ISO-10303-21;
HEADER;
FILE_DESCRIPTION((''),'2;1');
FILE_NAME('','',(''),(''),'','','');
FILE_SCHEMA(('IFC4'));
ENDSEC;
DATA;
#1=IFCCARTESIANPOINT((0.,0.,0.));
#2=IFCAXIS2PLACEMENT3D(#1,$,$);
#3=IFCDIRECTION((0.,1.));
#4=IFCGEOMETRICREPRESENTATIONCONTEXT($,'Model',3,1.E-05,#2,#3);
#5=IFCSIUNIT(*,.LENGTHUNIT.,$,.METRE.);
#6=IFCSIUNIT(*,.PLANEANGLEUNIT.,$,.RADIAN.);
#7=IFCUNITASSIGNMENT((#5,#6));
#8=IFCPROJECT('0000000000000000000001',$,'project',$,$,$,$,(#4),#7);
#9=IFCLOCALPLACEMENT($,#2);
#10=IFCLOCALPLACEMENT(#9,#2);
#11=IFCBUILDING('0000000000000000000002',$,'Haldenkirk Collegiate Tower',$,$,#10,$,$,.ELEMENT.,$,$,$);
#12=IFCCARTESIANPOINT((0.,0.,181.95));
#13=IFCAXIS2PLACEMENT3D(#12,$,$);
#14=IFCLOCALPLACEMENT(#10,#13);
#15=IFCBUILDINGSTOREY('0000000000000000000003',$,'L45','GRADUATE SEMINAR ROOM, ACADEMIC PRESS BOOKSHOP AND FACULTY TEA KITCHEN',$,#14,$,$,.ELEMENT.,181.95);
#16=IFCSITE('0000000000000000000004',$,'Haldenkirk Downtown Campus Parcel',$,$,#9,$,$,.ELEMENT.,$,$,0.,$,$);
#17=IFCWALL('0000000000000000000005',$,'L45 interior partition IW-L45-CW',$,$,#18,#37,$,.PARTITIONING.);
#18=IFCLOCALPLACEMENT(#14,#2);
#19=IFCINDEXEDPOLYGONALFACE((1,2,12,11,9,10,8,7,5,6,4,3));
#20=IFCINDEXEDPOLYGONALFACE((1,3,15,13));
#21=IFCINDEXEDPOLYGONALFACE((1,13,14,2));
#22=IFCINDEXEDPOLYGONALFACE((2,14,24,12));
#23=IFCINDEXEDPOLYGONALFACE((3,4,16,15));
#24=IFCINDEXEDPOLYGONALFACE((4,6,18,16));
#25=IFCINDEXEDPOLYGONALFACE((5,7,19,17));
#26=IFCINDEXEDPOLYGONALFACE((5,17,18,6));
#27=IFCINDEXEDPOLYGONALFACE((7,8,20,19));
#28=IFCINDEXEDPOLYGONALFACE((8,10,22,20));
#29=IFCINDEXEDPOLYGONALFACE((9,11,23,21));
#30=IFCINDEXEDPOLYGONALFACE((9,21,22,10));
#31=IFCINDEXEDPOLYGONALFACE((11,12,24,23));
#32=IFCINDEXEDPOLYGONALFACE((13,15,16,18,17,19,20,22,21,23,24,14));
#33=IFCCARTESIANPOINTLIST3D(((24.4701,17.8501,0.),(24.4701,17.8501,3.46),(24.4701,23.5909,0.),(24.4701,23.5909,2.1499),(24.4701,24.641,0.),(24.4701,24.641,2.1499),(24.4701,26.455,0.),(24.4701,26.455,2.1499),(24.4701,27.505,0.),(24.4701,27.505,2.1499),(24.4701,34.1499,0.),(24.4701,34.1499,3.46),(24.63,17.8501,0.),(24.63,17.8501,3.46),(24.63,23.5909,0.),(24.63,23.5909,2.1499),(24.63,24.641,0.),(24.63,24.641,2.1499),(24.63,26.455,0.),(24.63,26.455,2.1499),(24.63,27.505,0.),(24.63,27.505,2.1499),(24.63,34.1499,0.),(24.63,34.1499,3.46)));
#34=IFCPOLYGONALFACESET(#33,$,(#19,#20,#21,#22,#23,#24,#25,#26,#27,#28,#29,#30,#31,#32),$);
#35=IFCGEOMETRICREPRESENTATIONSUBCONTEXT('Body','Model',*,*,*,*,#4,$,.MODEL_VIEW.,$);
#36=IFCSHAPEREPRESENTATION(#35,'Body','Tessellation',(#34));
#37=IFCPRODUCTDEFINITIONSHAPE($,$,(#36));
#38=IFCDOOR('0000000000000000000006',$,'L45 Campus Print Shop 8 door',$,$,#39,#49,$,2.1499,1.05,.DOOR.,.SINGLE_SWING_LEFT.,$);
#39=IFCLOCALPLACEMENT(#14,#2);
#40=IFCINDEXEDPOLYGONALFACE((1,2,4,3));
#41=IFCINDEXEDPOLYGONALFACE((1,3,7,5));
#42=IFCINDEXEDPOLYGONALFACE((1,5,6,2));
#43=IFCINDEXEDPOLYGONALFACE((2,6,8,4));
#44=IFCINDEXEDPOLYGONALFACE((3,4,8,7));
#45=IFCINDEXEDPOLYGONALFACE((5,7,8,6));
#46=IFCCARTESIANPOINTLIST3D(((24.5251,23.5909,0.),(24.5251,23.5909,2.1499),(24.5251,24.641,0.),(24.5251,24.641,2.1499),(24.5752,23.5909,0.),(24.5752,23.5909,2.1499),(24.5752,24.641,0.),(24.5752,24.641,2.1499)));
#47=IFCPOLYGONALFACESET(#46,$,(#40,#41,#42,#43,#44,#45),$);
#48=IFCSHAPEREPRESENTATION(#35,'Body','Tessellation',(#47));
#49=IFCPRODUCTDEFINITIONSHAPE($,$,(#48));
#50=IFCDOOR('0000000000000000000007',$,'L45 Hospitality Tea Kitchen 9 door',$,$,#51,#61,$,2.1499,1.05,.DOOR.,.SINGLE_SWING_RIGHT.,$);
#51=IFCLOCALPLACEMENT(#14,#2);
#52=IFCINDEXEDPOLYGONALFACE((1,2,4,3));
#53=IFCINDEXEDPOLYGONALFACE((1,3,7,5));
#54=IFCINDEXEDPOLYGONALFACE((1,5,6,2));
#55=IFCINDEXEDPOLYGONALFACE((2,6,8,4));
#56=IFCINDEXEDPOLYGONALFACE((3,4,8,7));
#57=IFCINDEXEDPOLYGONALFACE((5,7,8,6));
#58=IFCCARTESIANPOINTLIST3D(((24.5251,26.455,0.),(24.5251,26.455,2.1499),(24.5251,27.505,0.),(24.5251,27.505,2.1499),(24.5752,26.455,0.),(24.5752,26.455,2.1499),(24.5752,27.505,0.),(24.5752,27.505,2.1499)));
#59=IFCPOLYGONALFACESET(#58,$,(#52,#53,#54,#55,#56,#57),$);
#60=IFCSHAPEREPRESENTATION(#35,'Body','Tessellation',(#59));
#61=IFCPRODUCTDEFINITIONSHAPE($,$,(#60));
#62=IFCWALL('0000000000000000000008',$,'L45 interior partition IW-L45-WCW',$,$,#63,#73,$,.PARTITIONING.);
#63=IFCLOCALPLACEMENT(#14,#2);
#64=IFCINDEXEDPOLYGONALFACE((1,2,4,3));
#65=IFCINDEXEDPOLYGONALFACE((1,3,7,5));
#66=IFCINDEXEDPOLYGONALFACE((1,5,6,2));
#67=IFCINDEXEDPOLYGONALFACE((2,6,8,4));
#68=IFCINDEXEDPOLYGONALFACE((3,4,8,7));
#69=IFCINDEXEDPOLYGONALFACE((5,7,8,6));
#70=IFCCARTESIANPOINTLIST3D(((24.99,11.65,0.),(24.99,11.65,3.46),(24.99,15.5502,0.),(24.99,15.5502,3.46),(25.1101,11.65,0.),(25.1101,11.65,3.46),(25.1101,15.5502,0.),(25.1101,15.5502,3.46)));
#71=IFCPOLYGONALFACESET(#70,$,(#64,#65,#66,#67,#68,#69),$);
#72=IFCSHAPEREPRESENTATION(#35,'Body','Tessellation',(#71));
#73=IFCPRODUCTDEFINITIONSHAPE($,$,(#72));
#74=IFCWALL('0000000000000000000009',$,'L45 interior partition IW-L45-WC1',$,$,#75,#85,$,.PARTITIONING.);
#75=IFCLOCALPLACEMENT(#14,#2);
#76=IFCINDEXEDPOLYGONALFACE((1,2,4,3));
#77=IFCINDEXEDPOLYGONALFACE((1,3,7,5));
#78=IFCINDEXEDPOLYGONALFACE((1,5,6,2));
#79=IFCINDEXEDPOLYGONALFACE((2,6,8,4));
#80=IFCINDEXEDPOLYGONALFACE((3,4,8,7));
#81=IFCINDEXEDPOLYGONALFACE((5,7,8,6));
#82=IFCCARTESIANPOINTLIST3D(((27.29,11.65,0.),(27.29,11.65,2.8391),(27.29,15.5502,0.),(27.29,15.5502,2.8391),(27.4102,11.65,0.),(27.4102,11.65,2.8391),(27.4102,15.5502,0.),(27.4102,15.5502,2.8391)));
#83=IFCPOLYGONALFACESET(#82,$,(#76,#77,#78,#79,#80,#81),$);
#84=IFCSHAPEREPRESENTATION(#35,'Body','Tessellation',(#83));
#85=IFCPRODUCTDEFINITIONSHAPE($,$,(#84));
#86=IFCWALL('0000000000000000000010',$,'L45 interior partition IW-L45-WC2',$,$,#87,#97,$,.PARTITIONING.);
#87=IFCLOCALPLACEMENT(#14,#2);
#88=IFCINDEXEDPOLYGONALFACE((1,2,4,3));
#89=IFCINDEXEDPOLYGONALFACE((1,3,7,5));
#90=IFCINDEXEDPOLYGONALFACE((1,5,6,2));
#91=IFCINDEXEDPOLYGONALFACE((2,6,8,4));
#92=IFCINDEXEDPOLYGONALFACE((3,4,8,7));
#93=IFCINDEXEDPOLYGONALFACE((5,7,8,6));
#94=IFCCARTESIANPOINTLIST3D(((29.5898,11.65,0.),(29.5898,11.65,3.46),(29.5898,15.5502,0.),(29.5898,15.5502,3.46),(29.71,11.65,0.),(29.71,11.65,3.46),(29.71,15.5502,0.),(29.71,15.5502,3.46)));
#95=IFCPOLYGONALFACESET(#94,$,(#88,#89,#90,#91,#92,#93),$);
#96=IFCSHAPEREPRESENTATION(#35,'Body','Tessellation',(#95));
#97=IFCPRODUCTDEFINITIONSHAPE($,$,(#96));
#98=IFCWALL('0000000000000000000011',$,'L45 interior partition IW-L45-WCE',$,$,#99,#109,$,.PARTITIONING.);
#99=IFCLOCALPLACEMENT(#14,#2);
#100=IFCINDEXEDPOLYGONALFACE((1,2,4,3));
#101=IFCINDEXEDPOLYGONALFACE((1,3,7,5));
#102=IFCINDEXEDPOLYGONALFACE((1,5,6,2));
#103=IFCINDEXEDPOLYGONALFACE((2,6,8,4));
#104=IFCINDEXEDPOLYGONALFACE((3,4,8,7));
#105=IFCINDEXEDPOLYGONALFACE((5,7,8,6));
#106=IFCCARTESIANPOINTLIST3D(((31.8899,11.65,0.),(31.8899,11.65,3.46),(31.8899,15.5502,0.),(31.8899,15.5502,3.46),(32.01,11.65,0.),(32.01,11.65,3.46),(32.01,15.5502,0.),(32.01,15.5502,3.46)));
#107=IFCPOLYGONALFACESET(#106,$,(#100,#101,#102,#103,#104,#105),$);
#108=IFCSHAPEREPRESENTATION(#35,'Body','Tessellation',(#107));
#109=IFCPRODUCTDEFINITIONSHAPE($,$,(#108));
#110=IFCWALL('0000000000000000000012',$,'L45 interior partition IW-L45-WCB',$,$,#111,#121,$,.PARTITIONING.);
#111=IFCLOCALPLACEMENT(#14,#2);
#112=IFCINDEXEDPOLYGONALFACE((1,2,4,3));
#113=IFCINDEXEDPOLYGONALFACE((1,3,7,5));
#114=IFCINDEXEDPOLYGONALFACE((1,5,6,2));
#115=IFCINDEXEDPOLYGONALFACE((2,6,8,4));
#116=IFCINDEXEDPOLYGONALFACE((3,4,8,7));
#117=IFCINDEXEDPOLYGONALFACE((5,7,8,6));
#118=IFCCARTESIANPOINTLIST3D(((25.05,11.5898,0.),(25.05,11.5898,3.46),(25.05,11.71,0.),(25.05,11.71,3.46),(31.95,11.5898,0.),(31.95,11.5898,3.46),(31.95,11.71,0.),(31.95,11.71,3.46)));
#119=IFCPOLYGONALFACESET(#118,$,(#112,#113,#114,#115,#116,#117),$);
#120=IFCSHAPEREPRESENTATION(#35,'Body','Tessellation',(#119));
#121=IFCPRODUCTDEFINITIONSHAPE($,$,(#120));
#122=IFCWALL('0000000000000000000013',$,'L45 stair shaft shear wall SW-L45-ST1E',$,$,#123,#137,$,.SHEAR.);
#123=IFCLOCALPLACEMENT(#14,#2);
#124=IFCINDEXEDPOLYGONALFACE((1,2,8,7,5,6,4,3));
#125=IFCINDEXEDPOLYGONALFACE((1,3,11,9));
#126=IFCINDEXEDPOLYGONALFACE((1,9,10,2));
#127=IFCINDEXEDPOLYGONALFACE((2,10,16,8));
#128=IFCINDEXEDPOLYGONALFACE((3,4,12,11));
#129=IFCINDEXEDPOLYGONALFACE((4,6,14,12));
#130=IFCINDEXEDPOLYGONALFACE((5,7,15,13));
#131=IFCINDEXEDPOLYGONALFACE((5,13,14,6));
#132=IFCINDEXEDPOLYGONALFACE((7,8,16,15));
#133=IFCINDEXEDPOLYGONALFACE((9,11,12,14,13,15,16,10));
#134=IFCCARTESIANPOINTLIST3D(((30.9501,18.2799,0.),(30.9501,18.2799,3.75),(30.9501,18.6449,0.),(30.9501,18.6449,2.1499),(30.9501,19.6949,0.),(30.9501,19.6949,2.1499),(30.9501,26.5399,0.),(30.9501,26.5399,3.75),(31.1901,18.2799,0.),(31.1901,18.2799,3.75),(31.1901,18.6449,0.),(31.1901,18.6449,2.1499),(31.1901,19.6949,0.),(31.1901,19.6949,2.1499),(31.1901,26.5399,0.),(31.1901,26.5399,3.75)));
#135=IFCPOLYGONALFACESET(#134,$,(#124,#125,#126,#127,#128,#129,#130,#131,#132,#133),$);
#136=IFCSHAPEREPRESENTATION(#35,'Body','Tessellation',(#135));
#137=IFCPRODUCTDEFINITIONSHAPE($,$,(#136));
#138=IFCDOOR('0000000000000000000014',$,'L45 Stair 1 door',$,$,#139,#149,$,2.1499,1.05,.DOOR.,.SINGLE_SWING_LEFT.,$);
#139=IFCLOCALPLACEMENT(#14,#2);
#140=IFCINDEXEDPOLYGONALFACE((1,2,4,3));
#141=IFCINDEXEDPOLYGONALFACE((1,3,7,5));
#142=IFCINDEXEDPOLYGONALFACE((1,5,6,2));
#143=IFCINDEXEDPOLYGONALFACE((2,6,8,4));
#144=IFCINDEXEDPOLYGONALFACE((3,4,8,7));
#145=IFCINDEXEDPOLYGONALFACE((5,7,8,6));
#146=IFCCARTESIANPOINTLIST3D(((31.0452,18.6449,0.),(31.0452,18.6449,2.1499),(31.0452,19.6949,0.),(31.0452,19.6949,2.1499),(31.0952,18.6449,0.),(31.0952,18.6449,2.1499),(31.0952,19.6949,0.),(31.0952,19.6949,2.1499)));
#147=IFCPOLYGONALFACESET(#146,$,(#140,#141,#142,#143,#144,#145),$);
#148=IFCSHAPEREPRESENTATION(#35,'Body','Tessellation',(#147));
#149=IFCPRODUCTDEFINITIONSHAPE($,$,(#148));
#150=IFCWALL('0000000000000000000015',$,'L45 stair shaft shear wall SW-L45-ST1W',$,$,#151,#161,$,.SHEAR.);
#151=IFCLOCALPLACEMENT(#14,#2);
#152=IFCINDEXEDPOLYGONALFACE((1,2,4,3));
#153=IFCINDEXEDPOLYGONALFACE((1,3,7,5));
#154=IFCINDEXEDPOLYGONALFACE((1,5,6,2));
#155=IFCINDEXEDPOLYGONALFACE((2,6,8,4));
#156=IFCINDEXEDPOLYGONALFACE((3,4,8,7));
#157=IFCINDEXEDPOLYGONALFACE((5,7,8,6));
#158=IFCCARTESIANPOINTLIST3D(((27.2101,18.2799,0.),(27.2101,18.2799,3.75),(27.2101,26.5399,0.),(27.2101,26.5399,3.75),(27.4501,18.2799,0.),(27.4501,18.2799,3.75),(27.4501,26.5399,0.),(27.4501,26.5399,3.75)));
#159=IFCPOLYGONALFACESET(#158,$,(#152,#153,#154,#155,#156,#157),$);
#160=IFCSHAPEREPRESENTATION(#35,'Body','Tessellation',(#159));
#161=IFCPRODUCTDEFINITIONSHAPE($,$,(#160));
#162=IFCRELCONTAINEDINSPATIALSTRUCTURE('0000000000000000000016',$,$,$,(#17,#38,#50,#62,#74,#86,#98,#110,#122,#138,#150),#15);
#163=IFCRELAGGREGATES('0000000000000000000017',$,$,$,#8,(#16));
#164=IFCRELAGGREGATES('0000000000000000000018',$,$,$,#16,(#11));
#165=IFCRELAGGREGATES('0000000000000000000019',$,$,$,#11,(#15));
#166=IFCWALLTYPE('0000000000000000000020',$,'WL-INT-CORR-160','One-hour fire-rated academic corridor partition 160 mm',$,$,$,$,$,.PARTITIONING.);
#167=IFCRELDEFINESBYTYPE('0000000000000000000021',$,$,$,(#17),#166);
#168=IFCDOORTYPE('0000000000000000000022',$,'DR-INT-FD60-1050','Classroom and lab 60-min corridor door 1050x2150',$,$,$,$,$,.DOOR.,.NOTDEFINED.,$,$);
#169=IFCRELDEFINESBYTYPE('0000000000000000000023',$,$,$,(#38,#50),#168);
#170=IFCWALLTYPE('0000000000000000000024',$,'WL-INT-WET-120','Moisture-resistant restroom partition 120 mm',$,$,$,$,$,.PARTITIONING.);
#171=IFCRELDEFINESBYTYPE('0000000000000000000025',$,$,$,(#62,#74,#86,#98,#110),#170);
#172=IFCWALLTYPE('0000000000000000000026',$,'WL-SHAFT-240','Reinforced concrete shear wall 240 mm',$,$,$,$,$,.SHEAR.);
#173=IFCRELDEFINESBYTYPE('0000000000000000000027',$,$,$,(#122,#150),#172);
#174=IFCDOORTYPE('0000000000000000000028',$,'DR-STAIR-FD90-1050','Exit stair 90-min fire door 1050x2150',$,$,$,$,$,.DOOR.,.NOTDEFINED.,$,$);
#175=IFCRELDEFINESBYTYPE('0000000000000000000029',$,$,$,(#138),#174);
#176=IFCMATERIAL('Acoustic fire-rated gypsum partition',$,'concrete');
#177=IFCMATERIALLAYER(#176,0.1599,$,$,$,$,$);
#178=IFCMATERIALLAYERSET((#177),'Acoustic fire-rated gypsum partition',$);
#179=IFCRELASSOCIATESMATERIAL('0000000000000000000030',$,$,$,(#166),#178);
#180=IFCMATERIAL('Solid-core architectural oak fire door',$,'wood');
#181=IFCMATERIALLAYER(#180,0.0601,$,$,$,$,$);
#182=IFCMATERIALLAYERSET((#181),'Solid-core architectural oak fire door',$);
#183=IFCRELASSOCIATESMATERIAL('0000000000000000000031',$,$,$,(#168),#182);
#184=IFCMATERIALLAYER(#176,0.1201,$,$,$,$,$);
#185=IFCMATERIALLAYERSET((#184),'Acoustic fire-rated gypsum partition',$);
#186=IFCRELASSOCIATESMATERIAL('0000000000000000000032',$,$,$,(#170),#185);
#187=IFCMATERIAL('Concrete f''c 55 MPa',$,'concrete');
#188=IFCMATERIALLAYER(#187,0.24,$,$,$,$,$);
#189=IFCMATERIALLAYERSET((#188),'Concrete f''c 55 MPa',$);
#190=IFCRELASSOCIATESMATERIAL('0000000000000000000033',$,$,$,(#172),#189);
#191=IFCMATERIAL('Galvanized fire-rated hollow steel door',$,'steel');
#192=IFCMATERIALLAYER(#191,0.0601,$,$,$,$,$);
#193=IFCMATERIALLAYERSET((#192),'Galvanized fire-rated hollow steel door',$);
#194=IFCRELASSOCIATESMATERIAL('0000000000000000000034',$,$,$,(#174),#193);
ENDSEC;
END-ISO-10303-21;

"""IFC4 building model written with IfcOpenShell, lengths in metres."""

from ifc_helpers import new_model, si_unit, direction, frame, frame_2d, origin, place, context, subcontext, project, spatial, rectangle, extrude, material, layer, layer_set, type_object, element, fill, save


model = new_model("IFC4")

# Units and contexts
model_context = context("Model", 3, precision=1e-05, world=origin(), true_north=direction((0.0, 1.0)))
body_context = subcontext(model_context, "Body", "Model", "MODEL_VIEW")
ifc_project = project(units=[si_unit("LENGTHUNIT", "METRE"), si_unit("PLANEANGLEUNIT", "RADIAN")], contexts=[model_context])

# Site, building, storey
site_placement = place(None, origin())
site = spatial("IfcSite", under=ifc_project, at=site_placement, Name="Haldenkirk Downtown Campus Parcel", CompositionType="ELEMENT", RefElevation=0.0)
building_placement = place(site_placement, origin())
building = spatial("IfcBuilding", under=site, at=building_placement, Name="Haldenkirk Collegiate Tower", CompositionType="ELEMENT")
storey_placement = place(building_placement, frame((0.0, 0.0, 181.95)))
storey = spatial("IfcBuildingStorey", under=building, at=storey_placement, Name="L45", Description="GRADUATE SEMINAR ROOM, ACADEMIC PRESS BOOKSHOP AND FACULTY TEA KITCHEN", CompositionType="ELEMENT", Elevation=181.95)

# Shared definitions
ifc_material_1 = material(Name="Concrete f'c 55 MPa", Category="concrete")
ifc_material_2 = material(Name="Galvanized fire-rated hollow steel door", Category="steel")

# Wall, openings, doors
ifc_material_3 = material(Name="Acoustic fire-rated gypsum partition", Category="concrete")
ifc_layer_1 = layer(ifc_material_3, 0.1599)
ifc_layer_set_1 = layer_set([ifc_layer_1], Name="Acoustic fire-rated gypsum partition")
wall_type_1 = type_object("IfcWallType", Name="WL-INT-CORR-160", Description="One-hour fire-rated academic corridor partition 160 mm", PredefinedType="PARTITIONING", material=ifc_layer_set_1)
wall_1_placement = place(storey_placement, frame((24.55, 17.8501, 0.0), z_axis=(0.0, 0.0, 1.0), x_axis=(0.0, 1.0, 0.0)))
wall_1 = element("IfcWall", 1, at=wall_1_placement, inside=storey, type_object=wall_type_1, Name="L45 interior partition IW-L45-CW", PredefinedType="PARTITIONING", context=body_context, shape_type="SweptSolid", body=[
    extrude(rectangle(XDim=16.2998, YDim=0.1599, at=frame_2d((8.1499, 0.0))), origin(), (0.0, 0.0, 1.0), 3.46),
])
opening_1_placement = place(wall_1_placement, frame((5.741, 0.0, 0.0)))
opening_1 = element("IfcOpeningElement", 2, at=opening_1_placement, cuts=wall_1, PredefinedType="OPENING", context=body_context, shape_type="SweptSolid", body=[
    extrude(rectangle(XDim=1.05, YDim=2.1499, at=frame_2d((0.5249, 1.075))), frame((0.0, 0.0898, 0.0), z_axis=(0.0, -1.0, 0.0), x_axis=(1.0, 0.0, 0.0)), (0.0, 0.0, 1.0), 0.1799),
])
opening_2_placement = place(wall_1_placement, frame((8.605, 0.0, 0.0)))
opening_2 = element("IfcOpeningElement", 3, at=opening_2_placement, cuts=wall_1, PredefinedType="OPENING", context=body_context, shape_type="SweptSolid", body=[
    extrude(rectangle(XDim=1.05, YDim=2.1499, at=frame_2d((0.5249, 1.075))), frame((0.0, 0.0898, 0.0), z_axis=(0.0, -1.0, 0.0), x_axis=(1.0, 0.0, 0.0)), (0.0, 0.0, 1.0), 0.1799),
])
ifc_material_4 = material(Name="Solid-core architectural oak fire door", Category="wood")
ifc_layer_2 = layer(ifc_material_4, 0.0601)
ifc_layer_set_2 = layer_set([ifc_layer_2], Name="Solid-core architectural oak fire door")
door_type_1 = type_object("IfcDoorType", Name="DR-INT-FD60-1050", Description="Classroom and lab 60-min corridor door 1050x2150", OperationType="NOTDEFINED", PredefinedType="DOOR", material=ifc_layer_set_2)
door_1_placement = place(opening_1_placement, origin())
door_1 = element("IfcDoor", 4, at=door_1_placement, inside=storey, type_object=door_type_1, Name="L45 Campus Print Shop 8 door", OperationType="SINGLE_SWING_LEFT", OverallHeight=2.1499, OverallWidth=1.05, PredefinedType="DOOR", context=body_context, shape_type="SweptSolid", body=[
    extrude(rectangle(XDim=1.05, YDim=2.1499, at=frame_2d((0.5249, 1.075))), frame((0.0, 0.0249, 0.0), z_axis=(0.0, -1.0, 0.0), x_axis=(1.0, 0.0, 0.0)), (0.0, 0.0, 1.0), 0.05),
])
fill(opening_1, door_1)
door_2_placement = place(opening_2_placement, origin())
door_2 = element("IfcDoor", 5, at=door_2_placement, inside=storey, type_object=door_type_1, Name="L45 Hospitality Tea Kitchen 9 door", OperationType="SINGLE_SWING_RIGHT", OverallHeight=2.1499, OverallWidth=1.05, PredefinedType="DOOR", context=body_context, shape_type="SweptSolid", body=[
    extrude(rectangle(XDim=1.05, YDim=2.1499, at=frame_2d((0.5249, 1.075))), frame((0.0, 0.0249, 0.0), z_axis=(0.0, -1.0, 0.0), x_axis=(1.0, 0.0, 0.0)), (0.0, 0.0, 1.0), 0.05),
])
fill(opening_2, door_2)

# Walls
ifc_layer_3 = layer(ifc_material_3, 0.1201)
ifc_layer_set_3 = layer_set([ifc_layer_3], Name="Acoustic fire-rated gypsum partition")
wall_type_2 = type_object("IfcWallType", Name="WL-INT-WET-120", Description="Moisture-resistant restroom partition 120 mm", PredefinedType="PARTITIONING", material=ifc_layer_set_3)
wall_2_placement = place(storey_placement, frame((25.05, 11.6499, 0.0), z_axis=(0.0, 0.0, 1.0), x_axis=(0.0, 1.0, 0.0)))
element("IfcWall", 6, at=wall_2_placement, inside=storey, type_object=wall_type_2, Name="L45 interior partition IW-L45-WCW", PredefinedType="PARTITIONING", context=body_context, shape_type="SweptSolid", body=[
    extrude(rectangle(XDim=3.9001, YDim=0.1201, at=frame_2d((1.9502, 0.0))), origin(), (0.0, 0.0, 1.0), 3.46),
])
wall_3_placement = place(storey_placement, frame((27.3501, 11.6499, 0.0), z_axis=(0.0, 0.0, 1.0), x_axis=(0.0, 1.0, 0.0)))
element("IfcWall", 7, at=wall_3_placement, inside=storey, type_object=wall_type_2, Name="L45 interior partition IW-L45-WC1", PredefinedType="PARTITIONING", context=body_context, shape_type="SweptSolid", body=[
    extrude(rectangle(XDim=3.9001, YDim=0.1201, at=frame_2d((1.9502, 0.0))), origin(), (0.0, 0.0, 1.0), 2.8391),
])
for number, where, z_axis, x_axis, name in (
    (8, (29.6499, 11.6499, 0.0), (0.0, 0.0, 1.0), (0.0, 1.0, 0.0), "L45 interior partition IW-L45-WC2"),
    (9, (31.95, 11.6499, 0.0), (0.0, 0.0, 1.0), (0.0, 1.0, 0.0), "L45 interior partition IW-L45-WCE"),
):
    element("IfcWall", number, at=place(storey_placement, frame(where, z_axis=z_axis, x_axis=x_axis)), inside=storey, type_object=wall_type_2, Name=name, PredefinedType="PARTITIONING", context=body_context, shape_type="SweptSolid", body=[
        extrude(rectangle(XDim=3.9001, YDim=0.1201, at=frame_2d((1.9502, 0.0))), origin(), (0.0, 0.0, 1.0), 3.46),
    ])
wall_4_placement = place(storey_placement, frame((25.05, 11.6499, 0.0), z_axis=(0.0, 0.0, 1.0), x_axis=(1.0, 0.0, 0.0)))
element("IfcWall", 10, at=wall_4_placement, inside=storey, type_object=wall_type_2, Name="L45 interior partition IW-L45-WCB", PredefinedType="PARTITIONING", context=body_context, shape_type="SweptSolid", body=[
    extrude(rectangle(XDim=6.8999, YDim=0.1201, at=frame_2d((3.45, 0.0))), origin(), (0.0, 0.0, 1.0), 3.46),
])

# Wall, opening, door
ifc_layer_4 = layer(ifc_material_1, 0.24)
ifc_layer_set_4 = layer_set([ifc_layer_4], Name="Concrete f'c 55 MPa")
wall_type_3 = type_object("IfcWallType", Name="WL-SHAFT-240", Description="Reinforced concrete shear wall 240 mm", PredefinedType="SHEAR", material=ifc_layer_set_4)
wall_5_placement = place(storey_placement, frame((31.0701, 18.28, 0.0), z_axis=(0.0, 0.0, 1.0), x_axis=(0.0, 1.0, 0.0)))
wall_5 = element("IfcWall", 11, at=wall_5_placement, inside=storey, type_object=wall_type_3, Name="L45 stair shaft shear wall SW-L45-ST1E", PredefinedType="SHEAR", context=body_context, shape_type="SweptSolid", body=[
    extrude(rectangle(XDim=8.26, YDim=0.24, at=frame_2d((4.1299, 0.0))), origin(), (0.0, 0.0, 1.0), 3.75),
])
opening_3_placement = place(wall_5_placement, frame((0.365, 0.0, 0.0)))
opening_3 = element("IfcOpeningElement", 12, at=opening_3_placement, cuts=wall_5, PredefinedType="OPENING", context=body_context, shape_type="SweptSolid", body=[
    extrude(rectangle(XDim=1.05, YDim=2.1499, at=frame_2d((0.5249, 1.075))), frame((0.0, 0.1299, 0.0), z_axis=(0.0, -1.0, 0.0), x_axis=(1.0, 0.0, 0.0)), (0.0, 0.0, 1.0), 0.26),
])
ifc_layer_5 = layer(ifc_material_2, 0.0601)
ifc_layer_set_5 = layer_set([ifc_layer_5], Name="Galvanized fire-rated hollow steel door")
door_type_2 = type_object("IfcDoorType", Name="DR-STAIR-FD90-1050", Description="Exit stair 90-min fire door 1050x2150", OperationType="NOTDEFINED", PredefinedType="DOOR", material=ifc_layer_set_5)
door_3_placement = place(opening_3_placement, origin())
door_3 = element("IfcDoor", 13, at=door_3_placement, inside=storey, type_object=door_type_2, Name="L45 Stair 1 door", OperationType="SINGLE_SWING_LEFT", OverallHeight=2.1499, OverallWidth=1.05, PredefinedType="DOOR", context=body_context, shape_type="SweptSolid", body=[
    extrude(rectangle(XDim=1.05, YDim=2.1499, at=frame_2d((0.5249, 1.075))), frame((0.0, 0.0249, 0.0), z_axis=(0.0, -1.0, 0.0), x_axis=(1.0, 0.0, 0.0)), (0.0, 0.0, 1.0), 0.05),
])
fill(opening_3, door_3)

# Wall
wall_6_placement = place(storey_placement, frame((27.3301, 18.28, 0.0), z_axis=(0.0, 0.0, 1.0), x_axis=(0.0, 1.0, 0.0)))
element("IfcWall", 14, at=wall_6_placement, inside=storey, type_object=wall_type_3, Name="L45 stair shaft shear wall SW-L45-ST1W", PredefinedType="SHEAR", context=body_context, shape_type="SweptSolid", body=[
    extrude(rectangle(XDim=8.26, YDim=0.24, at=frame_2d((4.1299, 0.0))), origin(), (0.0, 0.0, 1.0), 3.75),
])

save(model, "model.ifc")
